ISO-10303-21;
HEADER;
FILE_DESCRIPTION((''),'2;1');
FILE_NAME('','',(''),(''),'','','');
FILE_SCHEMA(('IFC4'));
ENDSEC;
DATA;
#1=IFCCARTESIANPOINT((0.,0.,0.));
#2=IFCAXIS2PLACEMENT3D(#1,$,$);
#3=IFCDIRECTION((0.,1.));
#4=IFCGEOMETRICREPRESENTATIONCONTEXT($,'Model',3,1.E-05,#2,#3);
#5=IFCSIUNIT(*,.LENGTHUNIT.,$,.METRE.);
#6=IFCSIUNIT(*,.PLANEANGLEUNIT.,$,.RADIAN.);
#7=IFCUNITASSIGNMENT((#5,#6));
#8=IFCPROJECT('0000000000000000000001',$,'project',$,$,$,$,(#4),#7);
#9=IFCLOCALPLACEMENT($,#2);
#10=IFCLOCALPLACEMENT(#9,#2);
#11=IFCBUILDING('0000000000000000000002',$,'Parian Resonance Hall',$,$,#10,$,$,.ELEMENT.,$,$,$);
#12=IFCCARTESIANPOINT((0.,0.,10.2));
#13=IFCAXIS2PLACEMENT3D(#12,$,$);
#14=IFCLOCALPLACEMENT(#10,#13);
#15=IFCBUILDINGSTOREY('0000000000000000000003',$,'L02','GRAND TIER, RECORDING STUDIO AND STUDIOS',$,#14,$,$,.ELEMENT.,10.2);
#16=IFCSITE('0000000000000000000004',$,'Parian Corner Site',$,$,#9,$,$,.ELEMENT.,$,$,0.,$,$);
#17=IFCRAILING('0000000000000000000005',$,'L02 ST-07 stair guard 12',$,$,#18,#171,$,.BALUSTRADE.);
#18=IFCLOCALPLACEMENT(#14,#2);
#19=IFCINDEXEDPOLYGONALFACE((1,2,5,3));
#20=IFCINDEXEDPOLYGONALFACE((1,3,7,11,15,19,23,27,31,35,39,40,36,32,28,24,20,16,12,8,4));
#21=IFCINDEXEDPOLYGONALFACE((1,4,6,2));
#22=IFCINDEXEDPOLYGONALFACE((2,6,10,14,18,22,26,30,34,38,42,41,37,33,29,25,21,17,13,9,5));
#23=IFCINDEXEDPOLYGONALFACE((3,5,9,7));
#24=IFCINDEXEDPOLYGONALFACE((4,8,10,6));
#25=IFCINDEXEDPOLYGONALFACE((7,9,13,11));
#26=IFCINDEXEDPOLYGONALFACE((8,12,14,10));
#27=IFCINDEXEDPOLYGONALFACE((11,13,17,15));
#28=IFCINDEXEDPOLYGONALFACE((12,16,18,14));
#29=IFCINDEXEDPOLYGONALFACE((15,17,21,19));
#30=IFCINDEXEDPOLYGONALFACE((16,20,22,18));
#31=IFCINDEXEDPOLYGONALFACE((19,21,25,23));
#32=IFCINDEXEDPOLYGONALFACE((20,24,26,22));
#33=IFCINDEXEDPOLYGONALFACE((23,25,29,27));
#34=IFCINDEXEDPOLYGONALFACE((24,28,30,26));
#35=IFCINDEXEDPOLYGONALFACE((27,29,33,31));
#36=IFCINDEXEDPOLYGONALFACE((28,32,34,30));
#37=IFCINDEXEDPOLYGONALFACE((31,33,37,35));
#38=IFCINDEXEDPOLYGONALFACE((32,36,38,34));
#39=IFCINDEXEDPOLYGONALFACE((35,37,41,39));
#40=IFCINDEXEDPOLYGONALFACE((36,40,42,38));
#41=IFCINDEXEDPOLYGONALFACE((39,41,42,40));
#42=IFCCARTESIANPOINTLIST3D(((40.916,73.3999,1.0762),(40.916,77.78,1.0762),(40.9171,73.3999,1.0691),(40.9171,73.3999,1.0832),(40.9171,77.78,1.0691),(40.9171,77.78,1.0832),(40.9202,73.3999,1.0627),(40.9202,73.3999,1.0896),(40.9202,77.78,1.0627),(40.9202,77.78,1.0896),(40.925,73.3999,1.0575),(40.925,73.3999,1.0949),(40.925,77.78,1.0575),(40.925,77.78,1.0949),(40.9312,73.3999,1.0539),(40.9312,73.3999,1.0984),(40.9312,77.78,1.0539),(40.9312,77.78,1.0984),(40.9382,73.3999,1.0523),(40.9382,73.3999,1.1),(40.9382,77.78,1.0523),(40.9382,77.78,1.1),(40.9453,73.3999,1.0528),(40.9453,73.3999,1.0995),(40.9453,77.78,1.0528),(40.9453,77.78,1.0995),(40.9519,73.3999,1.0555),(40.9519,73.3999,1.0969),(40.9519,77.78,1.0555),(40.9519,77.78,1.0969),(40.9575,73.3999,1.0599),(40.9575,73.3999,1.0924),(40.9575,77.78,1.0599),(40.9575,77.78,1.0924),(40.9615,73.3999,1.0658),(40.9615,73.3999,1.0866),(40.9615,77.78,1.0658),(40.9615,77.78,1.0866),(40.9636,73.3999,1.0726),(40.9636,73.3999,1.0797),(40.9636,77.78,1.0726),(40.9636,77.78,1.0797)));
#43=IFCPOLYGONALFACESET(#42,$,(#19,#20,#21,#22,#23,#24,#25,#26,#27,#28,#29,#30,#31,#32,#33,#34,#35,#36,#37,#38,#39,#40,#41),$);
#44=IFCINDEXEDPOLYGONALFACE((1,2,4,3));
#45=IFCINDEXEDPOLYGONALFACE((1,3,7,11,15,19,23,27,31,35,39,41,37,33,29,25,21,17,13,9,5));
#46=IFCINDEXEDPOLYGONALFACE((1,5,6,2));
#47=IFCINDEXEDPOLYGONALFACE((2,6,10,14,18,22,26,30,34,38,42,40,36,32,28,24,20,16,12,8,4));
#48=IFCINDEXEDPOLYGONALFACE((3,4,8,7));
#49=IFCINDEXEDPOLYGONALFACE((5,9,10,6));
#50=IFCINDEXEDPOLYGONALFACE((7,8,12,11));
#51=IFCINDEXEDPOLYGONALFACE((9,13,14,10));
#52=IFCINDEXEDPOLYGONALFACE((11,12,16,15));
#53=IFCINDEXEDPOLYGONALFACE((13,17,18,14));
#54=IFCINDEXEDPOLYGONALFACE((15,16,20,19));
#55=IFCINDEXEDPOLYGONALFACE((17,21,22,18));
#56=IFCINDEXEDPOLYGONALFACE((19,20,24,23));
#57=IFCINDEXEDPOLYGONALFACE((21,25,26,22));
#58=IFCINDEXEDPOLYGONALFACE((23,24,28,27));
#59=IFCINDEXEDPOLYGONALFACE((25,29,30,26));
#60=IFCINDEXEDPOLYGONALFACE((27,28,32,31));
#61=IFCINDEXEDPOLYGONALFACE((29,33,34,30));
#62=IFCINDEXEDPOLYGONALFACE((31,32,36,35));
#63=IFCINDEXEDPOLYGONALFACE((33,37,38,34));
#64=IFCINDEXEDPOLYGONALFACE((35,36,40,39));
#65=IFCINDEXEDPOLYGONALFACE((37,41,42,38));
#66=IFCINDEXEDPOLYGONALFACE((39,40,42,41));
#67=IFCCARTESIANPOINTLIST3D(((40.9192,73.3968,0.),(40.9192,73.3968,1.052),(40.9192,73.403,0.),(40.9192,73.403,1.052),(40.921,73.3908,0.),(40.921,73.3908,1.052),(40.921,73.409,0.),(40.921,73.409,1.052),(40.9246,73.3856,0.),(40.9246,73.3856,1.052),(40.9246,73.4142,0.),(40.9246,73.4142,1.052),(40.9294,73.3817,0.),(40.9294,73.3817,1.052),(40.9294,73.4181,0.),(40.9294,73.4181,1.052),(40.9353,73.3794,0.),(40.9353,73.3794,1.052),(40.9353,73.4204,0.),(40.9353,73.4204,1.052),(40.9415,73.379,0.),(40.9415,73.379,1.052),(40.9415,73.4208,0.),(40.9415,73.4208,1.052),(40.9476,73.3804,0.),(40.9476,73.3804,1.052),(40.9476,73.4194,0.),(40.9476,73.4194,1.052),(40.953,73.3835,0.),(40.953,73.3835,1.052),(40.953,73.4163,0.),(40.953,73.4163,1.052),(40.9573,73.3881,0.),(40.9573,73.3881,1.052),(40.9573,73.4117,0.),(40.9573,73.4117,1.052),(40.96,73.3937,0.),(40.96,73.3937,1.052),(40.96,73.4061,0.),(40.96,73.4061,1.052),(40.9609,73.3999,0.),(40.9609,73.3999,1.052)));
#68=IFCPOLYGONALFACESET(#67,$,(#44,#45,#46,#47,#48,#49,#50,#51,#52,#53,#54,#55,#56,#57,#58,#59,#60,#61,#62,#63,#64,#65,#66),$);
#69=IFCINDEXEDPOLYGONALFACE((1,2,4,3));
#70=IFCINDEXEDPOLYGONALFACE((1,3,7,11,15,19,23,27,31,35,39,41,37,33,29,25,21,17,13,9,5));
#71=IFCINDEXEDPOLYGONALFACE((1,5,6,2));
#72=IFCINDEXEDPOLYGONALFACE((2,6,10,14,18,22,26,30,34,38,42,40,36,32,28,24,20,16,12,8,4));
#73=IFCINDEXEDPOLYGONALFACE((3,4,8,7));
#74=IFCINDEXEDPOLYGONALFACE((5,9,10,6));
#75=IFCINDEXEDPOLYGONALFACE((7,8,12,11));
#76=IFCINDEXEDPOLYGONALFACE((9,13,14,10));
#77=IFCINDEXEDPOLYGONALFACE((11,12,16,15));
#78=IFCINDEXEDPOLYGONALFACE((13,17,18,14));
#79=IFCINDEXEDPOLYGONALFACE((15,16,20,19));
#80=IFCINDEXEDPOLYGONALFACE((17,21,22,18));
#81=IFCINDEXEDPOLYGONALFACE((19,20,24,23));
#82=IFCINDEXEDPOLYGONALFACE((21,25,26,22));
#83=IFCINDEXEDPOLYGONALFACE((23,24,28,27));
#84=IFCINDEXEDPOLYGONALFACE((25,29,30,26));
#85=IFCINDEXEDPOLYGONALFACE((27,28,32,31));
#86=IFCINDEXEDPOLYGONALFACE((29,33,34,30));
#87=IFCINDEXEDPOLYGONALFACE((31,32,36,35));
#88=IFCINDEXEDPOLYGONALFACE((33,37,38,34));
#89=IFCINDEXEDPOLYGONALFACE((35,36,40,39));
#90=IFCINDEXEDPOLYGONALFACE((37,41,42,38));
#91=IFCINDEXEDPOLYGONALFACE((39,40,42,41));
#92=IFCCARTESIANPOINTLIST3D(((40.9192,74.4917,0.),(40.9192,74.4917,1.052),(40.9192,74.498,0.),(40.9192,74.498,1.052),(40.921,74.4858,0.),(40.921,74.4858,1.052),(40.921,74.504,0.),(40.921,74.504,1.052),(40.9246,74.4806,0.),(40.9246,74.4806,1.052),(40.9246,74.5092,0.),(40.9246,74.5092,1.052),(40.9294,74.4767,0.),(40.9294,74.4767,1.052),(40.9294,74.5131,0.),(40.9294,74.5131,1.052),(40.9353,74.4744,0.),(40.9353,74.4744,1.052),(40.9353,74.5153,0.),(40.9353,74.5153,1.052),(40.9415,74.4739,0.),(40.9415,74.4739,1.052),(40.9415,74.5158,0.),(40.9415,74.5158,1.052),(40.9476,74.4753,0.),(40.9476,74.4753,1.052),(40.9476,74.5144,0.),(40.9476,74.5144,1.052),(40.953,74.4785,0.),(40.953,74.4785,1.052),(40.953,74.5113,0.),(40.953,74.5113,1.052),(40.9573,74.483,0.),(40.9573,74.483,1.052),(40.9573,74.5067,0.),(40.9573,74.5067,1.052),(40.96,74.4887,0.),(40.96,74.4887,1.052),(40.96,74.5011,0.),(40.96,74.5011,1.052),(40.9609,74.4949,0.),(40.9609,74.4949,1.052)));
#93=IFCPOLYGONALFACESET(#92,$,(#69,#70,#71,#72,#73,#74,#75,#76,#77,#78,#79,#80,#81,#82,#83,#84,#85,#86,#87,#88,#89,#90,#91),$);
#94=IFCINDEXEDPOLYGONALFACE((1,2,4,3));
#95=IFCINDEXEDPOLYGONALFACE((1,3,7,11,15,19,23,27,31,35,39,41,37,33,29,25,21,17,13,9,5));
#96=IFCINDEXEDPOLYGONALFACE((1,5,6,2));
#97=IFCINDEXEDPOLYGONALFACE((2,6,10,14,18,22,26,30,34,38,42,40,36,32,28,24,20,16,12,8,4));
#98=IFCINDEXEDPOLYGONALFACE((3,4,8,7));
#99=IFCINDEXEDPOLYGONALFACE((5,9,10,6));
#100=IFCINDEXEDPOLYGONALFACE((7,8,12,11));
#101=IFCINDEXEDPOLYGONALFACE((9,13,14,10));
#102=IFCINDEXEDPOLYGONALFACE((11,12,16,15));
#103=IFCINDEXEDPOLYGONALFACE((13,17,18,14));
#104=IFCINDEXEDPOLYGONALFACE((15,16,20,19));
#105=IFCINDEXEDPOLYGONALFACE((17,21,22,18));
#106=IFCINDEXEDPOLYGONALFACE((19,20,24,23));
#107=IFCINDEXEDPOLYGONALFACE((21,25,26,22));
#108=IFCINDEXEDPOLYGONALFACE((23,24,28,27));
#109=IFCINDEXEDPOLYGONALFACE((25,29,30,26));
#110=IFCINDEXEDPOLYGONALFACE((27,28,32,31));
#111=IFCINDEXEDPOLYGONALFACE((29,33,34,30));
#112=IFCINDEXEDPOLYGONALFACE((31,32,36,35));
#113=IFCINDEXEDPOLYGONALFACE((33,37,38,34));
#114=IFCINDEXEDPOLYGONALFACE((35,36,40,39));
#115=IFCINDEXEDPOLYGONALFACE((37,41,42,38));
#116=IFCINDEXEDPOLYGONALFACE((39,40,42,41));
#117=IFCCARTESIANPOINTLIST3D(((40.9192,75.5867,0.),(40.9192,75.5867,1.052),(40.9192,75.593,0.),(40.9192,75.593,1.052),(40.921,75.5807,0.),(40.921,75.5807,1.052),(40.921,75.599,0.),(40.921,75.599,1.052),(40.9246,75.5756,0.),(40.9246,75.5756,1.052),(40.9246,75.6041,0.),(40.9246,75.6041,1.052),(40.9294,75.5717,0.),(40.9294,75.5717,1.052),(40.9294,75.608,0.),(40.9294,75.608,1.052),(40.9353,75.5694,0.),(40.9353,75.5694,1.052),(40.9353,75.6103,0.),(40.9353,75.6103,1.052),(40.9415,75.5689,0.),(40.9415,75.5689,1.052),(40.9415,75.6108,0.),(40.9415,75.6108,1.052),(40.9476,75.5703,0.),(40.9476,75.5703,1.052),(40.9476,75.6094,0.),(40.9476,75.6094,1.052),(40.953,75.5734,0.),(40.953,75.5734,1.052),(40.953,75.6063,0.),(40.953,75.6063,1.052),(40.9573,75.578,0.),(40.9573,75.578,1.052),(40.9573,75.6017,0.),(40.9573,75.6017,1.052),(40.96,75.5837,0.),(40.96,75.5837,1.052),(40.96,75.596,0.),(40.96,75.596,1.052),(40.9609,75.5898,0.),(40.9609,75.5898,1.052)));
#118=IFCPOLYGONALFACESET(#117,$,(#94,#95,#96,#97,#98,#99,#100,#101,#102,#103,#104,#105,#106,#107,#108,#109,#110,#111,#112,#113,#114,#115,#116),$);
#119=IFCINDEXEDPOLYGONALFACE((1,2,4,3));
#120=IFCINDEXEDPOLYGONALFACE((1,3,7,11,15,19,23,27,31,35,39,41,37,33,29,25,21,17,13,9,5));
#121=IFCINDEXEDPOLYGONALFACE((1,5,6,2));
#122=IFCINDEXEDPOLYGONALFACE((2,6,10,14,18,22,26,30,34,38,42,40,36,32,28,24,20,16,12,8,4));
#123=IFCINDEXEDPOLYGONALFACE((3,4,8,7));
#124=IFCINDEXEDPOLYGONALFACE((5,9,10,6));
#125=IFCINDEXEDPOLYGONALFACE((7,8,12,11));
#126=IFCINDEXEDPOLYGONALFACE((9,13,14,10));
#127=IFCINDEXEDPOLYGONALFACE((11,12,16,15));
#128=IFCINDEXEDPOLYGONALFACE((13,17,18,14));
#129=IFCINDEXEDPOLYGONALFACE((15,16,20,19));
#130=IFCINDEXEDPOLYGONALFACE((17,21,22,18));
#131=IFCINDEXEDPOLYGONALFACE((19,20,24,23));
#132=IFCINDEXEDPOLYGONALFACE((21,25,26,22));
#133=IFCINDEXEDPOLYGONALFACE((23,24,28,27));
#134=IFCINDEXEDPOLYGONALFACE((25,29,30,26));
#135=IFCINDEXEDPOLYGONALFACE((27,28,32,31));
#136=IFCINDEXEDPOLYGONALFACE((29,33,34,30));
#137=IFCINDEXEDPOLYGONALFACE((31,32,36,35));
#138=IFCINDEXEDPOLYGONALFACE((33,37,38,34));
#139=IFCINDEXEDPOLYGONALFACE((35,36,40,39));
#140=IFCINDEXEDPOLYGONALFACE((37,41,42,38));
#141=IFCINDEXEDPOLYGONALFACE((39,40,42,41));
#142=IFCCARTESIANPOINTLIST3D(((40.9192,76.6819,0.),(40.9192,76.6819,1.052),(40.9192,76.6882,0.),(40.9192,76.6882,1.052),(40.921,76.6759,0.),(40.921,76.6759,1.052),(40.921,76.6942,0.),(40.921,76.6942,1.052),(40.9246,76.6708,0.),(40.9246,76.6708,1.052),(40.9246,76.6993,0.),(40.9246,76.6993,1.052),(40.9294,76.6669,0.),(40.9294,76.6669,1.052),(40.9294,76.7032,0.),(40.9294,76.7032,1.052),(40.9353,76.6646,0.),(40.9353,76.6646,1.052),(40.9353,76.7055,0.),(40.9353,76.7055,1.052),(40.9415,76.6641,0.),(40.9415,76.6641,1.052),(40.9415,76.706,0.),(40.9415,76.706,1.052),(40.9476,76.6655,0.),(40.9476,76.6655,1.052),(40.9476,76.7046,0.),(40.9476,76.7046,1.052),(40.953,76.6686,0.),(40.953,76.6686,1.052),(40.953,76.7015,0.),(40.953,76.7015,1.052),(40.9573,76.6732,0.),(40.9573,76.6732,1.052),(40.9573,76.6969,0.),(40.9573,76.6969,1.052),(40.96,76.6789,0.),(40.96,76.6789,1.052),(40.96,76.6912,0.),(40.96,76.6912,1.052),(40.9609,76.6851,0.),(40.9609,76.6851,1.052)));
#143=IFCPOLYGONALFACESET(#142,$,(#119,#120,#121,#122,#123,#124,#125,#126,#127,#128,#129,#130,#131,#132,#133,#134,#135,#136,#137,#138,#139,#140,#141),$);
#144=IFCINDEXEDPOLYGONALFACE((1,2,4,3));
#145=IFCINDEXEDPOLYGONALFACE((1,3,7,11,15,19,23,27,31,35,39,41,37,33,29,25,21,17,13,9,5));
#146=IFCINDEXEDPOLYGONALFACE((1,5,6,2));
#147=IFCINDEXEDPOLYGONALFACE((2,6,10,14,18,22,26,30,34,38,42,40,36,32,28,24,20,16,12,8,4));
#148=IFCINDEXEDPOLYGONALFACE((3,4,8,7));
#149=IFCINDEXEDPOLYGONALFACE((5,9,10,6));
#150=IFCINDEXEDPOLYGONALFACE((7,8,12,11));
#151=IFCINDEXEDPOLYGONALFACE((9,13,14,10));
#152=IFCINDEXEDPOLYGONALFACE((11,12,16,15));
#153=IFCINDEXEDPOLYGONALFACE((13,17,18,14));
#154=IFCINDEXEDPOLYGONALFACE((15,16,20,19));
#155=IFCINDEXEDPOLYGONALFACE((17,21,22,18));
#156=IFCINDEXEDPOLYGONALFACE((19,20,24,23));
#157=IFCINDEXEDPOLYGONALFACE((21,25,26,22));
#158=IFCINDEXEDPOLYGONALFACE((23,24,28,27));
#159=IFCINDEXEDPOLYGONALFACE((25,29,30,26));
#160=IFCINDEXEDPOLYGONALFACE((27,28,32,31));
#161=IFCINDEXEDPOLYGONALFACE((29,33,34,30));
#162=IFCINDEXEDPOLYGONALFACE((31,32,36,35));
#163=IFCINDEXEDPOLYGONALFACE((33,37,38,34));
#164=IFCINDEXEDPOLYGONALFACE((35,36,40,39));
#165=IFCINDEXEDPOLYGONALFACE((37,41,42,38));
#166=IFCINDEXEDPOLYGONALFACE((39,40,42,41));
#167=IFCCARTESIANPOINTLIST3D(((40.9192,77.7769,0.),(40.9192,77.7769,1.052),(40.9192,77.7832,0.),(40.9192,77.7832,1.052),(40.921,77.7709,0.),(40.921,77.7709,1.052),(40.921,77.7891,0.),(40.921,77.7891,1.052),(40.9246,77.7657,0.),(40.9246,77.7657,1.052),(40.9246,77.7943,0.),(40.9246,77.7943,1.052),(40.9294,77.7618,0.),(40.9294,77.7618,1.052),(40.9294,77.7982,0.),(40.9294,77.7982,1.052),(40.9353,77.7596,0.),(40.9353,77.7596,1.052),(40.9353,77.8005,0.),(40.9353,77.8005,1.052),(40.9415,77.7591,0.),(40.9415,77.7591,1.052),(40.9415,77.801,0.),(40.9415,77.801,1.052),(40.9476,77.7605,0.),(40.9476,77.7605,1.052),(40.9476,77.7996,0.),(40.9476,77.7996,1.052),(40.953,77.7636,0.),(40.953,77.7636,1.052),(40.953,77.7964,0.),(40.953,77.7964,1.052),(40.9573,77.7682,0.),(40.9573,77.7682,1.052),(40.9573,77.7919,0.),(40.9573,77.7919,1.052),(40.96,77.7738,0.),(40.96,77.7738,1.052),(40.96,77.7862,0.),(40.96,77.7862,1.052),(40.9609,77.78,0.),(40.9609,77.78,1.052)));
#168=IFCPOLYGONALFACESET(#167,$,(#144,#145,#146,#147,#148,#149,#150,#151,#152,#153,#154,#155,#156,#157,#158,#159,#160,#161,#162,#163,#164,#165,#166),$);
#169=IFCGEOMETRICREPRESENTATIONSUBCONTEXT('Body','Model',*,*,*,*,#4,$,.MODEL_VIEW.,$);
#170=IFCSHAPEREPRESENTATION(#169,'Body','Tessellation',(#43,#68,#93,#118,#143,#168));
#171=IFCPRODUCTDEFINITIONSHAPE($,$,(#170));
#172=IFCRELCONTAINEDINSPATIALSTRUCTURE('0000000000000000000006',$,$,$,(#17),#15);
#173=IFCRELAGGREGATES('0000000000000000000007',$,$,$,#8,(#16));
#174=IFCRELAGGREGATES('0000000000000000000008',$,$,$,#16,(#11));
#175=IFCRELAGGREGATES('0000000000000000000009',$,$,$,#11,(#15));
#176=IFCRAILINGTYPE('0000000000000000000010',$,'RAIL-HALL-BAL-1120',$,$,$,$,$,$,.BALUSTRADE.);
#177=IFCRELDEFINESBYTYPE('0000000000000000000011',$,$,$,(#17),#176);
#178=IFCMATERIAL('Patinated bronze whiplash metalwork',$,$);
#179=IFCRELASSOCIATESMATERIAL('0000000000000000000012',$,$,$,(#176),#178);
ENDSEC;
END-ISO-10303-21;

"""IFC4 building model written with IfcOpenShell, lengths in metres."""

from ifc_helpers import new_model, si_unit, direction, frame, origin, origin_2d, place, context, subcontext, project, spatial, circle, extrude, material, type_object, element, save


model = new_model("IFC4")

# Units and contexts
model_context = context("Model", 3, precision=1e-05, world=origin(), true_north=direction((0.0, 1.0)))
body_context = subcontext(model_context, "Body", "Model", "MODEL_VIEW")
ifc_project = project(units=[si_unit("LENGTHUNIT", "METRE"), si_unit("PLANEANGLEUNIT", "RADIAN")], contexts=[model_context])

# Site, building, storey
site_placement = place(None, origin())
site = spatial("IfcSite", under=ifc_project, at=site_placement, Name="Parian Corner Site", CompositionType="ELEMENT", RefElevation=0.0)
building_placement = place(site_placement, origin())
building = spatial("IfcBuilding", under=site, at=building_placement, Name="Parian Resonance Hall", CompositionType="ELEMENT")
storey_placement = place(building_placement, frame((0.0, 0.0, 10.2)))
storey = spatial("IfcBuildingStorey", under=building, at=storey_placement, Name="L02", Description="GRAND TIER, RECORDING STUDIO AND STUDIOS", CompositionType="ELEMENT", Elevation=10.2)

# Railing
ifc_material_1 = material(Name="Patinated bronze whiplash metalwork")
railing_type = type_object("IfcRailingType", Name="RAIL-HALL-BAL-1120", PredefinedType="BALUSTRADE", material=ifc_material_1)
railing_1_placement = place(storey_placement, frame((40.9399, 73.3999, 0.0)))
element("IfcRailing", 1, at=railing_1_placement, inside=storey, type_object=railing_type, Name="L02 ST-07 stair guard 12", PredefinedType="BALUSTRADE", context=body_context, shape_type="SweptSolid", body=[
    extrude(circle(Radius=0.0239, at=origin_2d()), frame((0.0, 0.0, 1.0762), z_axis=(0.0, 1.0, 0.0), x_axis=(-1.0, 0.0, 0.0)), (0.0, 0.0, 1.0), 4.3801),
    extrude(circle(Radius=0.021, at=origin_2d()), origin(), (0.0, 0.0, 1.0), 1.052),
    extrude(circle(Radius=0.021, at=origin_2d()), frame((0.0, 1.095, 0.0)), (0.0, 0.0, 1.0), 1.052),
    extrude(circle(Radius=0.021, at=origin_2d()), frame((0.0, 2.1899, 0.0)), (0.0, 0.0, 1.0), 1.052),
    extrude(circle(Radius=0.021, at=origin_2d()), frame((0.0, 3.2852, 0.0)), (0.0, 0.0, 1.0), 1.052),
    extrude(circle(Radius=0.021, at=origin_2d()), frame((0.0, 4.3801, 0.0)), (0.0, 0.0, 1.0), 1.052),
])

save(model, "model.ifc")
